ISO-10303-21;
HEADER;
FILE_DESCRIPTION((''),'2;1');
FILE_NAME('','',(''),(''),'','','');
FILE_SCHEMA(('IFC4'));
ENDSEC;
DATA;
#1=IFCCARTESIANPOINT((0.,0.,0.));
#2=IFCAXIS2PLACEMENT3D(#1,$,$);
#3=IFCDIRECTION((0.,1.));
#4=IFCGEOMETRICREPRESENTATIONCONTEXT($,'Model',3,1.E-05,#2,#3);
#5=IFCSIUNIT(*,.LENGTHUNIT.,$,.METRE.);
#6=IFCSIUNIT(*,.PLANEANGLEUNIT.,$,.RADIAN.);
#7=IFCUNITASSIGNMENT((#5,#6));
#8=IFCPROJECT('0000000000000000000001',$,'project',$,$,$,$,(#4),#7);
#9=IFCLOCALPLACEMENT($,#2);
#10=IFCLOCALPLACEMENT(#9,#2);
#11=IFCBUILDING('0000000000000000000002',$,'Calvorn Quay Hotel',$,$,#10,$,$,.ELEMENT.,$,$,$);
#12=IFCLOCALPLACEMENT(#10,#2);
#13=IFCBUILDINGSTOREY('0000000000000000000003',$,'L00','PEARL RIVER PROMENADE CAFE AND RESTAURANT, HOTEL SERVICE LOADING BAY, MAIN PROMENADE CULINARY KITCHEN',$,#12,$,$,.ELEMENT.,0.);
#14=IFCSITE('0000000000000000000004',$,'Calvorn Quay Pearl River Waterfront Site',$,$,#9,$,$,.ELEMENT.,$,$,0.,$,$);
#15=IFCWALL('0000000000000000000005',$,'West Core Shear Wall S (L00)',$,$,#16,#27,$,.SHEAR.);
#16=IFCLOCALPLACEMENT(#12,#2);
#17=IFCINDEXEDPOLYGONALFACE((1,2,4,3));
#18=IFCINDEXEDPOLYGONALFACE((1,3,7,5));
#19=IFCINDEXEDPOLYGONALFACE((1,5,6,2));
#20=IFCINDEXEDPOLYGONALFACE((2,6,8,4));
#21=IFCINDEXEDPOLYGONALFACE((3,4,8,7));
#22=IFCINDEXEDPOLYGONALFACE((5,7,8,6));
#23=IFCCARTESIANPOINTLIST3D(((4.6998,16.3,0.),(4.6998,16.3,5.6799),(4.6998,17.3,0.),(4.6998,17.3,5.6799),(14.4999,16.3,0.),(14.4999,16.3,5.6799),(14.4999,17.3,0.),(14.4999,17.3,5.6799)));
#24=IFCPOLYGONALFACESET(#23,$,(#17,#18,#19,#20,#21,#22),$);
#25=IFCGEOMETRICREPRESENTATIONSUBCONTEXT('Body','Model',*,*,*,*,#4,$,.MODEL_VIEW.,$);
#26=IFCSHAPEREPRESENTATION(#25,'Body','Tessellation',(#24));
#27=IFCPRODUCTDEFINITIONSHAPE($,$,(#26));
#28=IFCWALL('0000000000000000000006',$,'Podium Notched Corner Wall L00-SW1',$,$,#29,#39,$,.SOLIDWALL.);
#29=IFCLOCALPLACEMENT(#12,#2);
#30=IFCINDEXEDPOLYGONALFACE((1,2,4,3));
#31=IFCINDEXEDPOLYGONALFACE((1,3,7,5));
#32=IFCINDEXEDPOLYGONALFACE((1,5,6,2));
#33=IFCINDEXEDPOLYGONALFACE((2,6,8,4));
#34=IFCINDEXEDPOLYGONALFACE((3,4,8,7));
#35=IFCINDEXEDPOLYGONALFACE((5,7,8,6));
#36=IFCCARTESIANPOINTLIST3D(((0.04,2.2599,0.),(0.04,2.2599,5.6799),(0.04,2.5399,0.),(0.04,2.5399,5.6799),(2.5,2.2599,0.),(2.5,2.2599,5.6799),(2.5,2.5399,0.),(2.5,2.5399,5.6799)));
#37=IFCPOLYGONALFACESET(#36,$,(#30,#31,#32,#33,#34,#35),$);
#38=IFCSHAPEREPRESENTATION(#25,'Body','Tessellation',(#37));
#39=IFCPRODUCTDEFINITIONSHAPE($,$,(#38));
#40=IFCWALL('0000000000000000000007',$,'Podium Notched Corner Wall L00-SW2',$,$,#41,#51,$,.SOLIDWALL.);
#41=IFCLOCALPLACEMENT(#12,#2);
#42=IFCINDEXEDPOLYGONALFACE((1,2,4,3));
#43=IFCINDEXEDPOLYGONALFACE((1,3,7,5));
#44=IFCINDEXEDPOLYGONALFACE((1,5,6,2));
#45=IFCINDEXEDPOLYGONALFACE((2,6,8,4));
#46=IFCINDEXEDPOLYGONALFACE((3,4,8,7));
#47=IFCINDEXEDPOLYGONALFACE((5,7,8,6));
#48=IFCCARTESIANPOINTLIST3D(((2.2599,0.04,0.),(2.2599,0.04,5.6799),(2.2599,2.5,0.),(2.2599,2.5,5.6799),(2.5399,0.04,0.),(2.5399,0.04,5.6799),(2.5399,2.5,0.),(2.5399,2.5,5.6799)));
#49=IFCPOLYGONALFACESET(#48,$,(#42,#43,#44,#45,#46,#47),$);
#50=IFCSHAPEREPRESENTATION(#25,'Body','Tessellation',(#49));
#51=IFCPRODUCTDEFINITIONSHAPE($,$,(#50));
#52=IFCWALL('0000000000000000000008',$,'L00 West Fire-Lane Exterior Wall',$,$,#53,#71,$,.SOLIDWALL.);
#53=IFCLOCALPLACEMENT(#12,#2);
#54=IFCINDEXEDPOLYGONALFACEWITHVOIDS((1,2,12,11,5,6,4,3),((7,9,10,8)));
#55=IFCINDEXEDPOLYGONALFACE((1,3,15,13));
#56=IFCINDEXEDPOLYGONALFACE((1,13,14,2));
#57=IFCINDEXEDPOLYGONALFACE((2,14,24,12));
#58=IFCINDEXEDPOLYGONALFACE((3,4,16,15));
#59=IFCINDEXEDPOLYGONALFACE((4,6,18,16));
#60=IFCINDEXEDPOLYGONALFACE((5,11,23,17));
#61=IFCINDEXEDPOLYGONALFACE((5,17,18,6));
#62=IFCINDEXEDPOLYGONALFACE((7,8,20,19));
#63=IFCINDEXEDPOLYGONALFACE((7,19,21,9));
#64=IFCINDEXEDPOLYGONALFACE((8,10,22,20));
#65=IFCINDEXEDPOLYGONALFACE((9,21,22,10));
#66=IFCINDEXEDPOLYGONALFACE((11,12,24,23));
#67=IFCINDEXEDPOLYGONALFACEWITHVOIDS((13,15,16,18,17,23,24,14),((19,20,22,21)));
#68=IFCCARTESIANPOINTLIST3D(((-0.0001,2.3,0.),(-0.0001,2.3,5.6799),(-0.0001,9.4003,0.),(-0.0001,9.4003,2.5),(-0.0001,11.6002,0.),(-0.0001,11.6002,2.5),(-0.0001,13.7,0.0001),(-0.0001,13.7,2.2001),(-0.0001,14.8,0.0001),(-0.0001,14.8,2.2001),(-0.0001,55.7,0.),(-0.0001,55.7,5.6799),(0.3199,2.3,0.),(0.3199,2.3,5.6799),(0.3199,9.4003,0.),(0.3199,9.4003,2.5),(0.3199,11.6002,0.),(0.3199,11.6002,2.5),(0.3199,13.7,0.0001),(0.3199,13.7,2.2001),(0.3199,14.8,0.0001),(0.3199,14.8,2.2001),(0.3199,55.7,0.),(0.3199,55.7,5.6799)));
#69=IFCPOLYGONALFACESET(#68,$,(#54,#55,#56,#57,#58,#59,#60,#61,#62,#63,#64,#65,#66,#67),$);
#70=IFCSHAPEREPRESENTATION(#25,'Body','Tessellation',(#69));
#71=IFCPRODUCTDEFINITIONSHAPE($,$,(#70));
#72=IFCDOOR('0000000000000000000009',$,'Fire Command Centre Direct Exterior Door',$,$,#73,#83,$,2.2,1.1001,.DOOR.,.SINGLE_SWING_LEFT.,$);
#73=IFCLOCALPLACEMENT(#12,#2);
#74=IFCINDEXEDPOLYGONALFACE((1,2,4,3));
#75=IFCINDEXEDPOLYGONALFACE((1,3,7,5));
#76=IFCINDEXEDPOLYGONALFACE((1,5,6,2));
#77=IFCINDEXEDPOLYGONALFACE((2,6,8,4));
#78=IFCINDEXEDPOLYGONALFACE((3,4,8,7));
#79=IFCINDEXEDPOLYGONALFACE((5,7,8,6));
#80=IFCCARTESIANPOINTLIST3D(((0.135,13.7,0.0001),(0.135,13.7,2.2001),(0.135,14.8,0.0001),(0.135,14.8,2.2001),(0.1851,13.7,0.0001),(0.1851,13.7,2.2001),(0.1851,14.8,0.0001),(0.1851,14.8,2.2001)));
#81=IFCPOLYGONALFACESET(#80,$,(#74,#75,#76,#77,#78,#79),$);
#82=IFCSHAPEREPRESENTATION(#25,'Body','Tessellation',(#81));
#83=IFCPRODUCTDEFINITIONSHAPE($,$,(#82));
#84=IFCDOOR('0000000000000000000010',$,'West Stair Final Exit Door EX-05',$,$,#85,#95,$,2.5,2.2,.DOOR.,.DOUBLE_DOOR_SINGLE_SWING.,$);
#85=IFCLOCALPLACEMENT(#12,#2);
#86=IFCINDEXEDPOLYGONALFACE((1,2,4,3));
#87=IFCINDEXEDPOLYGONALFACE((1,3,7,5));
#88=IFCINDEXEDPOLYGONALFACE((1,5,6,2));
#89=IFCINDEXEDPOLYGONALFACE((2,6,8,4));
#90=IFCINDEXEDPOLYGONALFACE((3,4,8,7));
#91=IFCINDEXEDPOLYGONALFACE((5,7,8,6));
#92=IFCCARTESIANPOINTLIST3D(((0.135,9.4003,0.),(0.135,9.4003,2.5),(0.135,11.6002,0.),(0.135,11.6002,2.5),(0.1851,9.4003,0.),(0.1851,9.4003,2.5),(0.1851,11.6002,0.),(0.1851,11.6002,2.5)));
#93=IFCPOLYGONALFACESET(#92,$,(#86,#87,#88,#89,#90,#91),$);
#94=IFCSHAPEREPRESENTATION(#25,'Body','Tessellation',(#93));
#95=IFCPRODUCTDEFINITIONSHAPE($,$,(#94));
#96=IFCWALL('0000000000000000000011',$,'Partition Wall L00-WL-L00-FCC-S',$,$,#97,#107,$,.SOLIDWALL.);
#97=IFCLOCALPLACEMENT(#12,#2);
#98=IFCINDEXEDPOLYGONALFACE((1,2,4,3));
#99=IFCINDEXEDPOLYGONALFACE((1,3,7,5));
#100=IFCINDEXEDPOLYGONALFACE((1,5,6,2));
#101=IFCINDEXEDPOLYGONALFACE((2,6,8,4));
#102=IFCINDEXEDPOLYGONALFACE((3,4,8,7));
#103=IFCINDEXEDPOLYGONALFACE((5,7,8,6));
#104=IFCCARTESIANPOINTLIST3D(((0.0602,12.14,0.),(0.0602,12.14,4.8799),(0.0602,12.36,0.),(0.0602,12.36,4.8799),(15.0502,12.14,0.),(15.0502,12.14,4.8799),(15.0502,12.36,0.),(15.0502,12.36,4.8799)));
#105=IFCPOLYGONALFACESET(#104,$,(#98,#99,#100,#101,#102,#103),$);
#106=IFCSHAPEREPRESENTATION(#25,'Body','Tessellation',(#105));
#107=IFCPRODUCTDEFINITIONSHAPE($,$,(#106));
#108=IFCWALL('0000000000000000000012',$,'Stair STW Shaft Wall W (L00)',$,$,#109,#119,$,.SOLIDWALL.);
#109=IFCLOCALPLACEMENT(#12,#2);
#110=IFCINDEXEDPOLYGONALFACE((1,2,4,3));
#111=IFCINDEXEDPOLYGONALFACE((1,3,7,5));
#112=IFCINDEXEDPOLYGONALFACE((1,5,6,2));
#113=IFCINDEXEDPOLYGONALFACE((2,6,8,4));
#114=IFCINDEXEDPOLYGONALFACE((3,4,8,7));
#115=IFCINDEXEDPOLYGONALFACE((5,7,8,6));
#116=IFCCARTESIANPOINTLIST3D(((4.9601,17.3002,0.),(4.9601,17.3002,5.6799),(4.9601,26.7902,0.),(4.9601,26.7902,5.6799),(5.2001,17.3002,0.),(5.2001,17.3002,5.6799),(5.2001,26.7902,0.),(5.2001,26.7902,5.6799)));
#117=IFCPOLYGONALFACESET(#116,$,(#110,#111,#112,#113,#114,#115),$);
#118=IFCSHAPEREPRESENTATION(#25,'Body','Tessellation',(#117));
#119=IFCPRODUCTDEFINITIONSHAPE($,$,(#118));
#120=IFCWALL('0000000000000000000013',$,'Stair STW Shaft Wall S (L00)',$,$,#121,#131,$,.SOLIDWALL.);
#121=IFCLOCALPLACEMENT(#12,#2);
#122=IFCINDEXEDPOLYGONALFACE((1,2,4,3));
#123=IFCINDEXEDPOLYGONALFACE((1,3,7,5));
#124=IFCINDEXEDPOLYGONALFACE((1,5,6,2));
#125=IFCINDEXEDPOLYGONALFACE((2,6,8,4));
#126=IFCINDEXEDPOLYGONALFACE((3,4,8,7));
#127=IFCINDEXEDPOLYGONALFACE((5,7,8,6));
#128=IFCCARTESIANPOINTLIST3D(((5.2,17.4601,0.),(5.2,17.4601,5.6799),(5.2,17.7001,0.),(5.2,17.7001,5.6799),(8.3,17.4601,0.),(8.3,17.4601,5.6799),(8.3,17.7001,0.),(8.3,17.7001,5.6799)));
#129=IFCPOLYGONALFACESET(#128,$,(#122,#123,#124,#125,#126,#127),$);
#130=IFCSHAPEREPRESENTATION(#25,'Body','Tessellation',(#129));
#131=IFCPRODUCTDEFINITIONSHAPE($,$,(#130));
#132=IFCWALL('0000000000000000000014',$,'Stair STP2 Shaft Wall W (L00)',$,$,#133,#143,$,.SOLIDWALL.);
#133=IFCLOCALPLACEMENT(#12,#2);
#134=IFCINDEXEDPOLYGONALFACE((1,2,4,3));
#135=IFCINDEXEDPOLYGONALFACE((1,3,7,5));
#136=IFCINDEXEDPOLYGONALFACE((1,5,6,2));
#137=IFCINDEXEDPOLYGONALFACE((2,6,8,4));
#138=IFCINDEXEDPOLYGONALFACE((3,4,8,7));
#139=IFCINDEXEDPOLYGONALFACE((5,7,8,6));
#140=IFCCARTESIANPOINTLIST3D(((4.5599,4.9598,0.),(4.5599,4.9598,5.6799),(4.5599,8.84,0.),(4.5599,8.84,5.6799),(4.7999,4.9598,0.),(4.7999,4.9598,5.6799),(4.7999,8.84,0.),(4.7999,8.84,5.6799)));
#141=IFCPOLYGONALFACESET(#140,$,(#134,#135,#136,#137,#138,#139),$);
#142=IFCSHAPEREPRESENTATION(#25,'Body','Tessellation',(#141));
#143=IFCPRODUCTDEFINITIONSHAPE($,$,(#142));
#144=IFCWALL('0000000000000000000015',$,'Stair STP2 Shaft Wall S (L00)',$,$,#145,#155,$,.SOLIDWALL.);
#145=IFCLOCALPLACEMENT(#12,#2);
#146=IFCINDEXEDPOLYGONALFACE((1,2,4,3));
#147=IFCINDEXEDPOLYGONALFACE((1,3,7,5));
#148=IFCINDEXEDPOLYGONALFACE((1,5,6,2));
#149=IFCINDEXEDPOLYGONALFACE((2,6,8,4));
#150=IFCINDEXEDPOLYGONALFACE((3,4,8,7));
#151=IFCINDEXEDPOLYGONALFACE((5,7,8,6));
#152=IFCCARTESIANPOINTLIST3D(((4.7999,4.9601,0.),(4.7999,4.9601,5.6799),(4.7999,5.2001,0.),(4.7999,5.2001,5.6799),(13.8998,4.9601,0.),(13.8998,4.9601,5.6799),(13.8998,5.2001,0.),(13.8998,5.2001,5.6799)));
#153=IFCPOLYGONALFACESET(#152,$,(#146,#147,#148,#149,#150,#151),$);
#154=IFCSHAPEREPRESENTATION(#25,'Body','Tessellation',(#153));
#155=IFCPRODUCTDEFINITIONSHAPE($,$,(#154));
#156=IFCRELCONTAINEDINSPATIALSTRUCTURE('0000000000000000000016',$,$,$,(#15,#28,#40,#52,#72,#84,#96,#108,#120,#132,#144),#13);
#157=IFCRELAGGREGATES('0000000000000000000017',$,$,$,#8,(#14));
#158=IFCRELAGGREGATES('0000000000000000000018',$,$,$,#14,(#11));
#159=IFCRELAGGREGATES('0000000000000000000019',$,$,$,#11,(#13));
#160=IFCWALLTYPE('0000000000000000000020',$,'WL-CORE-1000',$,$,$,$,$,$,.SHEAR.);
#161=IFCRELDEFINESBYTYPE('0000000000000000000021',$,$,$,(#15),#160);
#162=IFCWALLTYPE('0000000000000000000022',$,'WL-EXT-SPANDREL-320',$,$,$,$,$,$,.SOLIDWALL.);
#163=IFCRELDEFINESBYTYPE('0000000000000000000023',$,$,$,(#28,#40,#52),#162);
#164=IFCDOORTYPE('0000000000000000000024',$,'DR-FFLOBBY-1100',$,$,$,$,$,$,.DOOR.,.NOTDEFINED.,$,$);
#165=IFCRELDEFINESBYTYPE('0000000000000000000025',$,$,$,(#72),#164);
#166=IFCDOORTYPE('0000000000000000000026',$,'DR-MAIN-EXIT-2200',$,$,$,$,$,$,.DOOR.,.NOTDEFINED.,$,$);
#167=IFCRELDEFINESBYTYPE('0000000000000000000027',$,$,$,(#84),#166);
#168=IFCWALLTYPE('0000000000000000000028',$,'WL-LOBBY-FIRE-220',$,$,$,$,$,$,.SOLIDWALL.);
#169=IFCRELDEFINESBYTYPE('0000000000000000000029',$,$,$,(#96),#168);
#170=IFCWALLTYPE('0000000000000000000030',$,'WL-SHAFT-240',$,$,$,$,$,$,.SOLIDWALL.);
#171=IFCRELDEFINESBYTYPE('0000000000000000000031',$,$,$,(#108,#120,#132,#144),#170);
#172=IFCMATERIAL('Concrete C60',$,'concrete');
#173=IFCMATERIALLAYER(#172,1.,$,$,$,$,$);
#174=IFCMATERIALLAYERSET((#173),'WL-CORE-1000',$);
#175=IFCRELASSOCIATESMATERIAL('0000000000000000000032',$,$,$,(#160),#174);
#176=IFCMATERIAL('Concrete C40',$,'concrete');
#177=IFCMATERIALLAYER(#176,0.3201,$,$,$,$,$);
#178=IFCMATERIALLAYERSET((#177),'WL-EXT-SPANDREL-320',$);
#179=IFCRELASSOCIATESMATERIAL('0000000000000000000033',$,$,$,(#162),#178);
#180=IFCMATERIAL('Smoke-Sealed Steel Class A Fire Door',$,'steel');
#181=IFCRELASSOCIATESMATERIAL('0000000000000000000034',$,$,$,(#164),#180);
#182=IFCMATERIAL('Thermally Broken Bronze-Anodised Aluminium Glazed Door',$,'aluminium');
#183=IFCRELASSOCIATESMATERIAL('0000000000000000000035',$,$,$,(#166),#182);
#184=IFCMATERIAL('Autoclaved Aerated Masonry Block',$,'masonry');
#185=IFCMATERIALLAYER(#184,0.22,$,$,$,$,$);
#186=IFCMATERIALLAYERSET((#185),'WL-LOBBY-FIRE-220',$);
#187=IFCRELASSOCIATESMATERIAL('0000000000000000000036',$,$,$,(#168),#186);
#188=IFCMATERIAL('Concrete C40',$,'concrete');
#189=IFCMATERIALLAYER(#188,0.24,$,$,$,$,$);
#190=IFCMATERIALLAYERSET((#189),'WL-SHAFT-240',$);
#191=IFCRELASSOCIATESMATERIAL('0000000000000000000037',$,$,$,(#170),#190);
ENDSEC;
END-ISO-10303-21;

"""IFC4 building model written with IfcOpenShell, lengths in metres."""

from ifc_helpers import new_model, si_unit, direction, frame, frame_2d, origin, place, context, subcontext, project, spatial, rectangle, extrude, material, layer, layer_set, type_object, element, fill, save


model = new_model("IFC4")

# Units and contexts
model_context = context("Model", 3, precision=1e-05, world=origin(), true_north=direction((0.0, 1.0)))
body_context = subcontext(model_context, "Body", "Model", "MODEL_VIEW")
ifc_project = project(units=[si_unit("LENGTHUNIT", "METRE"), si_unit("PLANEANGLEUNIT", "RADIAN")], contexts=[model_context])

# Site, building, storey
site_placement = place(None, origin())
site = spatial("IfcSite", under=ifc_project, at=site_placement, Name="Calvorn Quay Pearl River Waterfront Site", CompositionType="ELEMENT", RefElevation=0.0)
building_placement = place(site_placement, origin())
building = spatial("IfcBuilding", under=site, at=building_placement, Name="Calvorn Quay Hotel", CompositionType="ELEMENT")
storey_placement = place(building_placement, origin())
storey = spatial("IfcBuildingStorey", under=building, at=storey_placement, Name="L00", Description="PEARL RIVER PROMENADE CAFE AND RESTAURANT, HOTEL SERVICE LOADING BAY, MAIN PROMENADE CULINARY KITCHEN", CompositionType="ELEMENT", Elevation=0.0)

# Walls
ifc_material_1 = material(Name="Concrete C60", Category="concrete")
ifc_layer_1 = layer(ifc_material_1, 1.0)
ifc_layer_set_1 = layer_set([ifc_layer_1], Name="WL-CORE-1000")
wall_type_1 = type_object("IfcWallType", Name="WL-CORE-1000", PredefinedType="SHEAR", material=ifc_layer_set_1)
wall_1_placement = place(storey_placement, frame((4.7, 16.8, 0.0), z_axis=(0.0, 0.0, 1.0), x_axis=(1.0, 0.0, 0.0)))
element("IfcWall", 1, at=wall_1_placement, inside=storey, type_object=wall_type_1, Name="West Core Shear Wall S (L00)", PredefinedType="SHEAR", context=body_context, shape_type="SweptSolid", body=[
    extrude(rectangle(XDim=9.8, YDim=1.0, at=frame_2d((4.8999, 0.0))), origin(), (0.0, 0.0, 1.0), 5.6799),
])
ifc_material_2 = material(Name="Concrete C40", Category="concrete")
ifc_layer_2 = layer(ifc_material_2, 0.3201)
ifc_layer_set_2 = layer_set([ifc_layer_2], Name="WL-EXT-SPANDREL-320")
wall_type_2 = type_object("IfcWallType", Name="WL-EXT-SPANDREL-320", PredefinedType="SOLIDWALL", material=ifc_layer_set_2)
for number, where, z_axis, x_axis, name in (
    (2, (0.04, 2.3999, 0.0), (0.0, 0.0, 1.0), (1.0, 0.0, 0.0), "Podium Notched Corner Wall L00-SW1"),
    (3, (2.3999, 2.5, 0.0), (0.0, 0.0, 1.0), (0.0, -1.0, 0.0), "Podium Notched Corner Wall L00-SW2"),
):
    element("IfcWall", number, at=place(storey_placement, frame(where, z_axis=z_axis, x_axis=x_axis)), inside=storey, type_object=wall_type_2, Name=name, PredefinedType="SOLIDWALL", context=body_context, shape_type="SweptSolid", body=[
        extrude(rectangle(XDim=2.46, YDim=0.28, at=frame_2d((1.23, 0.0))), origin(), (0.0, 0.0, 1.0), 5.6799),
    ])

# Wall, openings, doors
wall_2_placement = place(storey_placement, frame((0.1599, 2.3, 0.0), z_axis=(0.0, 0.0, 1.0), x_axis=(0.0, 1.0, 0.0)))
wall_2 = element("IfcWall", 4, at=wall_2_placement, inside=storey, type_object=wall_type_2, Name="L00 West Fire-Lane Exterior Wall", PredefinedType="SOLIDWALL", context=body_context, shape_type="SweptSolid", body=[
    extrude(rectangle(XDim=53.3999, YDim=0.3201, at=frame_2d((26.7, 0.0))), origin(), (0.0, 0.0, 1.0), 5.6799),
])
opening_1_placement = place(wall_2_placement, frame((7.1001, 0.0, 0.0)))
opening_1 = element("IfcOpeningElement", 5, at=opening_1_placement, cuts=wall_2, PredefinedType="OPENING", context=body_context, shape_type="SweptSolid", body=[
    extrude(rectangle(XDim=2.2, YDim=2.5, at=frame_2d((1.1001, 1.25))), frame((0.0, 0.1699, 0.0), z_axis=(0.0, -1.0, 0.0), x_axis=(1.0, 0.0, 0.0)), (0.0, 0.0, 1.0), 0.3401),
])
opening_2_placement = place(wall_2_placement, frame((11.3999, 0.0, 0.0)))
opening_2 = element("IfcOpeningElement", 6, at=opening_2_placement, cuts=wall_2, PredefinedType="OPENING", context=body_context, shape_type="SweptSolid", body=[
    extrude(rectangle(XDim=1.1001, YDim=2.2, at=frame_2d((0.55, 1.1001))), frame((0.0, 0.1699, 0.0), z_axis=(0.0, -1.0, 0.0), x_axis=(1.0, 0.0, 0.0)), (0.0, 0.0, 1.0), 0.3401),
])
ifc_material_3 = material(Name="Smoke-Sealed Steel Class A Fire Door", Category="steel")
door_type_1 = type_object("IfcDoorType", Name="DR-FFLOBBY-1100", OperationType="NOTDEFINED", PredefinedType="DOOR", material=ifc_material_3)
door_1_placement = place(opening_2_placement, origin())
door_1 = element("IfcDoor", 7, at=door_1_placement, inside=storey, type_object=door_type_1, Name="Fire Command Centre Direct Exterior Door", OperationType="SINGLE_SWING_LEFT", OverallHeight=2.2, OverallWidth=1.1001, PredefinedType="DOOR", context=body_context, shape_type="SweptSolid", body=[
    extrude(rectangle(XDim=1.1001, YDim=2.2, at=frame_2d((0.55, 1.1001))), frame((0.0, 0.0249, 0.0), z_axis=(0.0, -1.0, 0.0), x_axis=(1.0, 0.0, 0.0)), (0.0, 0.0, 1.0), 0.05),
])
fill(opening_2, door_1)
ifc_material_4 = material(Name="Thermally Broken Bronze-Anodised Aluminium Glazed Door", Category="aluminium")
door_type_2 = type_object("IfcDoorType", Name="DR-MAIN-EXIT-2200", OperationType="NOTDEFINED", PredefinedType="DOOR", material=ifc_material_4)
door_2_placement = place(opening_1_placement, origin())
door_2 = element("IfcDoor", 8, at=door_2_placement, inside=storey, type_object=door_type_2, Name="West Stair Final Exit Door EX-05", OperationType="DOUBLE_DOOR_SINGLE_SWING", OverallHeight=2.5, OverallWidth=2.2, PredefinedType="DOOR", context=body_context, shape_type="SweptSolid", body=[
    extrude(rectangle(XDim=2.2, YDim=2.5, at=frame_2d((1.1001, 1.25))), frame((0.0, 0.0249, 0.0), z_axis=(0.0, -1.0, 0.0), x_axis=(1.0, 0.0, 0.0)), (0.0, 0.0, 1.0), 0.05),
])
fill(opening_1, door_2)

# Walls
ifc_material_5 = material(Name="Autoclaved Aerated Masonry Block", Category="masonry")
ifc_layer_3 = layer(ifc_material_5, 0.22)
ifc_layer_set_3 = layer_set([ifc_layer_3], Name="WL-LOBBY-FIRE-220")
wall_type_3 = type_object("IfcWallType", Name="WL-LOBBY-FIRE-220", PredefinedType="SOLIDWALL", material=ifc_layer_set_3)
wall_3_placement = place(storey_placement, frame((0.0601, 12.25, 0.0), z_axis=(0.0, 0.0, 1.0), x_axis=(1.0, 0.0, 0.0)))
element("IfcWall", 9, at=wall_3_placement, inside=storey, type_object=wall_type_3, Name="Partition Wall L00-WL-L00-FCC-S", PredefinedType="SOLIDWALL", context=body_context, shape_type="SweptSolid", body=[
    extrude(rectangle(XDim=14.99, YDim=0.22, at=frame_2d((7.4951, 0.0))), origin(), (0.0, 0.0, 1.0), 4.8799),
])
ifc_material_6 = material(Name="Concrete C40", Category="concrete")
ifc_layer_4 = layer(ifc_material_6, 0.24)
ifc_layer_set_4 = layer_set([ifc_layer_4], Name="WL-SHAFT-240")
wall_type_4 = type_object("IfcWallType", Name="WL-SHAFT-240", PredefinedType="SOLIDWALL", material=ifc_layer_set_4)
wall_4_placement = place(storey_placement, frame((5.0801, 17.3, 0.0), z_axis=(0.0, 0.0, 1.0), x_axis=(0.0, 1.0, 0.0)))
element("IfcWall", 10, at=wall_4_placement, inside=storey, type_object=wall_type_4, Name="Stair STW Shaft Wall W (L00)", PredefinedType="SOLIDWALL", context=body_context, shape_type="SweptSolid", body=[
    extrude(rectangle(XDim=9.49, YDim=0.24, at=frame_2d((4.7451, 0.0))), origin(), (0.0, 0.0, 1.0), 5.6799),
])
wall_5_placement = place(storey_placement, frame((5.2, 17.5801, 0.0), z_axis=(0.0, 0.0, 1.0), x_axis=(1.0, 0.0, 0.0)))
element("IfcWall", 11, at=wall_5_placement, inside=storey, type_object=wall_type_4, Name="Stair STW Shaft Wall S (L00)", PredefinedType="SOLIDWALL", context=body_context, shape_type="SweptSolid", body=[
    extrude(rectangle(XDim=3.1001, YDim=0.24, at=frame_2d((1.55, 0.0))), origin(), (0.0, 0.0, 1.0), 5.6799),
])
wall_6_placement = place(storey_placement, frame((4.6799, 4.96, 0.0), z_axis=(0.0, 0.0, 1.0), x_axis=(0.0, 1.0, 0.0)))
element("IfcWall", 12, at=wall_6_placement, inside=storey, type_object=wall_type_4, Name="Stair STP2 Shaft Wall W (L00)", PredefinedType="SOLIDWALL", context=body_context, shape_type="SweptSolid", body=[
    extrude(rectangle(XDim=3.8801, YDim=0.24, at=frame_2d((1.9399, 0.0))), origin(), (0.0, 0.0, 1.0), 5.6799),
])
wall_7_placement = place(storey_placement, frame((4.8, 5.0801, 0.0), z_axis=(0.0, 0.0, 1.0), x_axis=(1.0, 0.0, 0.0)))
element("IfcWall", 13, at=wall_7_placement, inside=storey, type_object=wall_type_4, Name="Stair STP2 Shaft Wall S (L00)", PredefinedType="SOLIDWALL", context=body_context, shape_type="SweptSolid", body=[
    extrude(rectangle(XDim=9.0999, YDim=0.24, at=frame_2d((4.5498, 0.0))), origin(), (0.0, 0.0, 1.0), 5.6799),
])

save(model, "model.ifc")
